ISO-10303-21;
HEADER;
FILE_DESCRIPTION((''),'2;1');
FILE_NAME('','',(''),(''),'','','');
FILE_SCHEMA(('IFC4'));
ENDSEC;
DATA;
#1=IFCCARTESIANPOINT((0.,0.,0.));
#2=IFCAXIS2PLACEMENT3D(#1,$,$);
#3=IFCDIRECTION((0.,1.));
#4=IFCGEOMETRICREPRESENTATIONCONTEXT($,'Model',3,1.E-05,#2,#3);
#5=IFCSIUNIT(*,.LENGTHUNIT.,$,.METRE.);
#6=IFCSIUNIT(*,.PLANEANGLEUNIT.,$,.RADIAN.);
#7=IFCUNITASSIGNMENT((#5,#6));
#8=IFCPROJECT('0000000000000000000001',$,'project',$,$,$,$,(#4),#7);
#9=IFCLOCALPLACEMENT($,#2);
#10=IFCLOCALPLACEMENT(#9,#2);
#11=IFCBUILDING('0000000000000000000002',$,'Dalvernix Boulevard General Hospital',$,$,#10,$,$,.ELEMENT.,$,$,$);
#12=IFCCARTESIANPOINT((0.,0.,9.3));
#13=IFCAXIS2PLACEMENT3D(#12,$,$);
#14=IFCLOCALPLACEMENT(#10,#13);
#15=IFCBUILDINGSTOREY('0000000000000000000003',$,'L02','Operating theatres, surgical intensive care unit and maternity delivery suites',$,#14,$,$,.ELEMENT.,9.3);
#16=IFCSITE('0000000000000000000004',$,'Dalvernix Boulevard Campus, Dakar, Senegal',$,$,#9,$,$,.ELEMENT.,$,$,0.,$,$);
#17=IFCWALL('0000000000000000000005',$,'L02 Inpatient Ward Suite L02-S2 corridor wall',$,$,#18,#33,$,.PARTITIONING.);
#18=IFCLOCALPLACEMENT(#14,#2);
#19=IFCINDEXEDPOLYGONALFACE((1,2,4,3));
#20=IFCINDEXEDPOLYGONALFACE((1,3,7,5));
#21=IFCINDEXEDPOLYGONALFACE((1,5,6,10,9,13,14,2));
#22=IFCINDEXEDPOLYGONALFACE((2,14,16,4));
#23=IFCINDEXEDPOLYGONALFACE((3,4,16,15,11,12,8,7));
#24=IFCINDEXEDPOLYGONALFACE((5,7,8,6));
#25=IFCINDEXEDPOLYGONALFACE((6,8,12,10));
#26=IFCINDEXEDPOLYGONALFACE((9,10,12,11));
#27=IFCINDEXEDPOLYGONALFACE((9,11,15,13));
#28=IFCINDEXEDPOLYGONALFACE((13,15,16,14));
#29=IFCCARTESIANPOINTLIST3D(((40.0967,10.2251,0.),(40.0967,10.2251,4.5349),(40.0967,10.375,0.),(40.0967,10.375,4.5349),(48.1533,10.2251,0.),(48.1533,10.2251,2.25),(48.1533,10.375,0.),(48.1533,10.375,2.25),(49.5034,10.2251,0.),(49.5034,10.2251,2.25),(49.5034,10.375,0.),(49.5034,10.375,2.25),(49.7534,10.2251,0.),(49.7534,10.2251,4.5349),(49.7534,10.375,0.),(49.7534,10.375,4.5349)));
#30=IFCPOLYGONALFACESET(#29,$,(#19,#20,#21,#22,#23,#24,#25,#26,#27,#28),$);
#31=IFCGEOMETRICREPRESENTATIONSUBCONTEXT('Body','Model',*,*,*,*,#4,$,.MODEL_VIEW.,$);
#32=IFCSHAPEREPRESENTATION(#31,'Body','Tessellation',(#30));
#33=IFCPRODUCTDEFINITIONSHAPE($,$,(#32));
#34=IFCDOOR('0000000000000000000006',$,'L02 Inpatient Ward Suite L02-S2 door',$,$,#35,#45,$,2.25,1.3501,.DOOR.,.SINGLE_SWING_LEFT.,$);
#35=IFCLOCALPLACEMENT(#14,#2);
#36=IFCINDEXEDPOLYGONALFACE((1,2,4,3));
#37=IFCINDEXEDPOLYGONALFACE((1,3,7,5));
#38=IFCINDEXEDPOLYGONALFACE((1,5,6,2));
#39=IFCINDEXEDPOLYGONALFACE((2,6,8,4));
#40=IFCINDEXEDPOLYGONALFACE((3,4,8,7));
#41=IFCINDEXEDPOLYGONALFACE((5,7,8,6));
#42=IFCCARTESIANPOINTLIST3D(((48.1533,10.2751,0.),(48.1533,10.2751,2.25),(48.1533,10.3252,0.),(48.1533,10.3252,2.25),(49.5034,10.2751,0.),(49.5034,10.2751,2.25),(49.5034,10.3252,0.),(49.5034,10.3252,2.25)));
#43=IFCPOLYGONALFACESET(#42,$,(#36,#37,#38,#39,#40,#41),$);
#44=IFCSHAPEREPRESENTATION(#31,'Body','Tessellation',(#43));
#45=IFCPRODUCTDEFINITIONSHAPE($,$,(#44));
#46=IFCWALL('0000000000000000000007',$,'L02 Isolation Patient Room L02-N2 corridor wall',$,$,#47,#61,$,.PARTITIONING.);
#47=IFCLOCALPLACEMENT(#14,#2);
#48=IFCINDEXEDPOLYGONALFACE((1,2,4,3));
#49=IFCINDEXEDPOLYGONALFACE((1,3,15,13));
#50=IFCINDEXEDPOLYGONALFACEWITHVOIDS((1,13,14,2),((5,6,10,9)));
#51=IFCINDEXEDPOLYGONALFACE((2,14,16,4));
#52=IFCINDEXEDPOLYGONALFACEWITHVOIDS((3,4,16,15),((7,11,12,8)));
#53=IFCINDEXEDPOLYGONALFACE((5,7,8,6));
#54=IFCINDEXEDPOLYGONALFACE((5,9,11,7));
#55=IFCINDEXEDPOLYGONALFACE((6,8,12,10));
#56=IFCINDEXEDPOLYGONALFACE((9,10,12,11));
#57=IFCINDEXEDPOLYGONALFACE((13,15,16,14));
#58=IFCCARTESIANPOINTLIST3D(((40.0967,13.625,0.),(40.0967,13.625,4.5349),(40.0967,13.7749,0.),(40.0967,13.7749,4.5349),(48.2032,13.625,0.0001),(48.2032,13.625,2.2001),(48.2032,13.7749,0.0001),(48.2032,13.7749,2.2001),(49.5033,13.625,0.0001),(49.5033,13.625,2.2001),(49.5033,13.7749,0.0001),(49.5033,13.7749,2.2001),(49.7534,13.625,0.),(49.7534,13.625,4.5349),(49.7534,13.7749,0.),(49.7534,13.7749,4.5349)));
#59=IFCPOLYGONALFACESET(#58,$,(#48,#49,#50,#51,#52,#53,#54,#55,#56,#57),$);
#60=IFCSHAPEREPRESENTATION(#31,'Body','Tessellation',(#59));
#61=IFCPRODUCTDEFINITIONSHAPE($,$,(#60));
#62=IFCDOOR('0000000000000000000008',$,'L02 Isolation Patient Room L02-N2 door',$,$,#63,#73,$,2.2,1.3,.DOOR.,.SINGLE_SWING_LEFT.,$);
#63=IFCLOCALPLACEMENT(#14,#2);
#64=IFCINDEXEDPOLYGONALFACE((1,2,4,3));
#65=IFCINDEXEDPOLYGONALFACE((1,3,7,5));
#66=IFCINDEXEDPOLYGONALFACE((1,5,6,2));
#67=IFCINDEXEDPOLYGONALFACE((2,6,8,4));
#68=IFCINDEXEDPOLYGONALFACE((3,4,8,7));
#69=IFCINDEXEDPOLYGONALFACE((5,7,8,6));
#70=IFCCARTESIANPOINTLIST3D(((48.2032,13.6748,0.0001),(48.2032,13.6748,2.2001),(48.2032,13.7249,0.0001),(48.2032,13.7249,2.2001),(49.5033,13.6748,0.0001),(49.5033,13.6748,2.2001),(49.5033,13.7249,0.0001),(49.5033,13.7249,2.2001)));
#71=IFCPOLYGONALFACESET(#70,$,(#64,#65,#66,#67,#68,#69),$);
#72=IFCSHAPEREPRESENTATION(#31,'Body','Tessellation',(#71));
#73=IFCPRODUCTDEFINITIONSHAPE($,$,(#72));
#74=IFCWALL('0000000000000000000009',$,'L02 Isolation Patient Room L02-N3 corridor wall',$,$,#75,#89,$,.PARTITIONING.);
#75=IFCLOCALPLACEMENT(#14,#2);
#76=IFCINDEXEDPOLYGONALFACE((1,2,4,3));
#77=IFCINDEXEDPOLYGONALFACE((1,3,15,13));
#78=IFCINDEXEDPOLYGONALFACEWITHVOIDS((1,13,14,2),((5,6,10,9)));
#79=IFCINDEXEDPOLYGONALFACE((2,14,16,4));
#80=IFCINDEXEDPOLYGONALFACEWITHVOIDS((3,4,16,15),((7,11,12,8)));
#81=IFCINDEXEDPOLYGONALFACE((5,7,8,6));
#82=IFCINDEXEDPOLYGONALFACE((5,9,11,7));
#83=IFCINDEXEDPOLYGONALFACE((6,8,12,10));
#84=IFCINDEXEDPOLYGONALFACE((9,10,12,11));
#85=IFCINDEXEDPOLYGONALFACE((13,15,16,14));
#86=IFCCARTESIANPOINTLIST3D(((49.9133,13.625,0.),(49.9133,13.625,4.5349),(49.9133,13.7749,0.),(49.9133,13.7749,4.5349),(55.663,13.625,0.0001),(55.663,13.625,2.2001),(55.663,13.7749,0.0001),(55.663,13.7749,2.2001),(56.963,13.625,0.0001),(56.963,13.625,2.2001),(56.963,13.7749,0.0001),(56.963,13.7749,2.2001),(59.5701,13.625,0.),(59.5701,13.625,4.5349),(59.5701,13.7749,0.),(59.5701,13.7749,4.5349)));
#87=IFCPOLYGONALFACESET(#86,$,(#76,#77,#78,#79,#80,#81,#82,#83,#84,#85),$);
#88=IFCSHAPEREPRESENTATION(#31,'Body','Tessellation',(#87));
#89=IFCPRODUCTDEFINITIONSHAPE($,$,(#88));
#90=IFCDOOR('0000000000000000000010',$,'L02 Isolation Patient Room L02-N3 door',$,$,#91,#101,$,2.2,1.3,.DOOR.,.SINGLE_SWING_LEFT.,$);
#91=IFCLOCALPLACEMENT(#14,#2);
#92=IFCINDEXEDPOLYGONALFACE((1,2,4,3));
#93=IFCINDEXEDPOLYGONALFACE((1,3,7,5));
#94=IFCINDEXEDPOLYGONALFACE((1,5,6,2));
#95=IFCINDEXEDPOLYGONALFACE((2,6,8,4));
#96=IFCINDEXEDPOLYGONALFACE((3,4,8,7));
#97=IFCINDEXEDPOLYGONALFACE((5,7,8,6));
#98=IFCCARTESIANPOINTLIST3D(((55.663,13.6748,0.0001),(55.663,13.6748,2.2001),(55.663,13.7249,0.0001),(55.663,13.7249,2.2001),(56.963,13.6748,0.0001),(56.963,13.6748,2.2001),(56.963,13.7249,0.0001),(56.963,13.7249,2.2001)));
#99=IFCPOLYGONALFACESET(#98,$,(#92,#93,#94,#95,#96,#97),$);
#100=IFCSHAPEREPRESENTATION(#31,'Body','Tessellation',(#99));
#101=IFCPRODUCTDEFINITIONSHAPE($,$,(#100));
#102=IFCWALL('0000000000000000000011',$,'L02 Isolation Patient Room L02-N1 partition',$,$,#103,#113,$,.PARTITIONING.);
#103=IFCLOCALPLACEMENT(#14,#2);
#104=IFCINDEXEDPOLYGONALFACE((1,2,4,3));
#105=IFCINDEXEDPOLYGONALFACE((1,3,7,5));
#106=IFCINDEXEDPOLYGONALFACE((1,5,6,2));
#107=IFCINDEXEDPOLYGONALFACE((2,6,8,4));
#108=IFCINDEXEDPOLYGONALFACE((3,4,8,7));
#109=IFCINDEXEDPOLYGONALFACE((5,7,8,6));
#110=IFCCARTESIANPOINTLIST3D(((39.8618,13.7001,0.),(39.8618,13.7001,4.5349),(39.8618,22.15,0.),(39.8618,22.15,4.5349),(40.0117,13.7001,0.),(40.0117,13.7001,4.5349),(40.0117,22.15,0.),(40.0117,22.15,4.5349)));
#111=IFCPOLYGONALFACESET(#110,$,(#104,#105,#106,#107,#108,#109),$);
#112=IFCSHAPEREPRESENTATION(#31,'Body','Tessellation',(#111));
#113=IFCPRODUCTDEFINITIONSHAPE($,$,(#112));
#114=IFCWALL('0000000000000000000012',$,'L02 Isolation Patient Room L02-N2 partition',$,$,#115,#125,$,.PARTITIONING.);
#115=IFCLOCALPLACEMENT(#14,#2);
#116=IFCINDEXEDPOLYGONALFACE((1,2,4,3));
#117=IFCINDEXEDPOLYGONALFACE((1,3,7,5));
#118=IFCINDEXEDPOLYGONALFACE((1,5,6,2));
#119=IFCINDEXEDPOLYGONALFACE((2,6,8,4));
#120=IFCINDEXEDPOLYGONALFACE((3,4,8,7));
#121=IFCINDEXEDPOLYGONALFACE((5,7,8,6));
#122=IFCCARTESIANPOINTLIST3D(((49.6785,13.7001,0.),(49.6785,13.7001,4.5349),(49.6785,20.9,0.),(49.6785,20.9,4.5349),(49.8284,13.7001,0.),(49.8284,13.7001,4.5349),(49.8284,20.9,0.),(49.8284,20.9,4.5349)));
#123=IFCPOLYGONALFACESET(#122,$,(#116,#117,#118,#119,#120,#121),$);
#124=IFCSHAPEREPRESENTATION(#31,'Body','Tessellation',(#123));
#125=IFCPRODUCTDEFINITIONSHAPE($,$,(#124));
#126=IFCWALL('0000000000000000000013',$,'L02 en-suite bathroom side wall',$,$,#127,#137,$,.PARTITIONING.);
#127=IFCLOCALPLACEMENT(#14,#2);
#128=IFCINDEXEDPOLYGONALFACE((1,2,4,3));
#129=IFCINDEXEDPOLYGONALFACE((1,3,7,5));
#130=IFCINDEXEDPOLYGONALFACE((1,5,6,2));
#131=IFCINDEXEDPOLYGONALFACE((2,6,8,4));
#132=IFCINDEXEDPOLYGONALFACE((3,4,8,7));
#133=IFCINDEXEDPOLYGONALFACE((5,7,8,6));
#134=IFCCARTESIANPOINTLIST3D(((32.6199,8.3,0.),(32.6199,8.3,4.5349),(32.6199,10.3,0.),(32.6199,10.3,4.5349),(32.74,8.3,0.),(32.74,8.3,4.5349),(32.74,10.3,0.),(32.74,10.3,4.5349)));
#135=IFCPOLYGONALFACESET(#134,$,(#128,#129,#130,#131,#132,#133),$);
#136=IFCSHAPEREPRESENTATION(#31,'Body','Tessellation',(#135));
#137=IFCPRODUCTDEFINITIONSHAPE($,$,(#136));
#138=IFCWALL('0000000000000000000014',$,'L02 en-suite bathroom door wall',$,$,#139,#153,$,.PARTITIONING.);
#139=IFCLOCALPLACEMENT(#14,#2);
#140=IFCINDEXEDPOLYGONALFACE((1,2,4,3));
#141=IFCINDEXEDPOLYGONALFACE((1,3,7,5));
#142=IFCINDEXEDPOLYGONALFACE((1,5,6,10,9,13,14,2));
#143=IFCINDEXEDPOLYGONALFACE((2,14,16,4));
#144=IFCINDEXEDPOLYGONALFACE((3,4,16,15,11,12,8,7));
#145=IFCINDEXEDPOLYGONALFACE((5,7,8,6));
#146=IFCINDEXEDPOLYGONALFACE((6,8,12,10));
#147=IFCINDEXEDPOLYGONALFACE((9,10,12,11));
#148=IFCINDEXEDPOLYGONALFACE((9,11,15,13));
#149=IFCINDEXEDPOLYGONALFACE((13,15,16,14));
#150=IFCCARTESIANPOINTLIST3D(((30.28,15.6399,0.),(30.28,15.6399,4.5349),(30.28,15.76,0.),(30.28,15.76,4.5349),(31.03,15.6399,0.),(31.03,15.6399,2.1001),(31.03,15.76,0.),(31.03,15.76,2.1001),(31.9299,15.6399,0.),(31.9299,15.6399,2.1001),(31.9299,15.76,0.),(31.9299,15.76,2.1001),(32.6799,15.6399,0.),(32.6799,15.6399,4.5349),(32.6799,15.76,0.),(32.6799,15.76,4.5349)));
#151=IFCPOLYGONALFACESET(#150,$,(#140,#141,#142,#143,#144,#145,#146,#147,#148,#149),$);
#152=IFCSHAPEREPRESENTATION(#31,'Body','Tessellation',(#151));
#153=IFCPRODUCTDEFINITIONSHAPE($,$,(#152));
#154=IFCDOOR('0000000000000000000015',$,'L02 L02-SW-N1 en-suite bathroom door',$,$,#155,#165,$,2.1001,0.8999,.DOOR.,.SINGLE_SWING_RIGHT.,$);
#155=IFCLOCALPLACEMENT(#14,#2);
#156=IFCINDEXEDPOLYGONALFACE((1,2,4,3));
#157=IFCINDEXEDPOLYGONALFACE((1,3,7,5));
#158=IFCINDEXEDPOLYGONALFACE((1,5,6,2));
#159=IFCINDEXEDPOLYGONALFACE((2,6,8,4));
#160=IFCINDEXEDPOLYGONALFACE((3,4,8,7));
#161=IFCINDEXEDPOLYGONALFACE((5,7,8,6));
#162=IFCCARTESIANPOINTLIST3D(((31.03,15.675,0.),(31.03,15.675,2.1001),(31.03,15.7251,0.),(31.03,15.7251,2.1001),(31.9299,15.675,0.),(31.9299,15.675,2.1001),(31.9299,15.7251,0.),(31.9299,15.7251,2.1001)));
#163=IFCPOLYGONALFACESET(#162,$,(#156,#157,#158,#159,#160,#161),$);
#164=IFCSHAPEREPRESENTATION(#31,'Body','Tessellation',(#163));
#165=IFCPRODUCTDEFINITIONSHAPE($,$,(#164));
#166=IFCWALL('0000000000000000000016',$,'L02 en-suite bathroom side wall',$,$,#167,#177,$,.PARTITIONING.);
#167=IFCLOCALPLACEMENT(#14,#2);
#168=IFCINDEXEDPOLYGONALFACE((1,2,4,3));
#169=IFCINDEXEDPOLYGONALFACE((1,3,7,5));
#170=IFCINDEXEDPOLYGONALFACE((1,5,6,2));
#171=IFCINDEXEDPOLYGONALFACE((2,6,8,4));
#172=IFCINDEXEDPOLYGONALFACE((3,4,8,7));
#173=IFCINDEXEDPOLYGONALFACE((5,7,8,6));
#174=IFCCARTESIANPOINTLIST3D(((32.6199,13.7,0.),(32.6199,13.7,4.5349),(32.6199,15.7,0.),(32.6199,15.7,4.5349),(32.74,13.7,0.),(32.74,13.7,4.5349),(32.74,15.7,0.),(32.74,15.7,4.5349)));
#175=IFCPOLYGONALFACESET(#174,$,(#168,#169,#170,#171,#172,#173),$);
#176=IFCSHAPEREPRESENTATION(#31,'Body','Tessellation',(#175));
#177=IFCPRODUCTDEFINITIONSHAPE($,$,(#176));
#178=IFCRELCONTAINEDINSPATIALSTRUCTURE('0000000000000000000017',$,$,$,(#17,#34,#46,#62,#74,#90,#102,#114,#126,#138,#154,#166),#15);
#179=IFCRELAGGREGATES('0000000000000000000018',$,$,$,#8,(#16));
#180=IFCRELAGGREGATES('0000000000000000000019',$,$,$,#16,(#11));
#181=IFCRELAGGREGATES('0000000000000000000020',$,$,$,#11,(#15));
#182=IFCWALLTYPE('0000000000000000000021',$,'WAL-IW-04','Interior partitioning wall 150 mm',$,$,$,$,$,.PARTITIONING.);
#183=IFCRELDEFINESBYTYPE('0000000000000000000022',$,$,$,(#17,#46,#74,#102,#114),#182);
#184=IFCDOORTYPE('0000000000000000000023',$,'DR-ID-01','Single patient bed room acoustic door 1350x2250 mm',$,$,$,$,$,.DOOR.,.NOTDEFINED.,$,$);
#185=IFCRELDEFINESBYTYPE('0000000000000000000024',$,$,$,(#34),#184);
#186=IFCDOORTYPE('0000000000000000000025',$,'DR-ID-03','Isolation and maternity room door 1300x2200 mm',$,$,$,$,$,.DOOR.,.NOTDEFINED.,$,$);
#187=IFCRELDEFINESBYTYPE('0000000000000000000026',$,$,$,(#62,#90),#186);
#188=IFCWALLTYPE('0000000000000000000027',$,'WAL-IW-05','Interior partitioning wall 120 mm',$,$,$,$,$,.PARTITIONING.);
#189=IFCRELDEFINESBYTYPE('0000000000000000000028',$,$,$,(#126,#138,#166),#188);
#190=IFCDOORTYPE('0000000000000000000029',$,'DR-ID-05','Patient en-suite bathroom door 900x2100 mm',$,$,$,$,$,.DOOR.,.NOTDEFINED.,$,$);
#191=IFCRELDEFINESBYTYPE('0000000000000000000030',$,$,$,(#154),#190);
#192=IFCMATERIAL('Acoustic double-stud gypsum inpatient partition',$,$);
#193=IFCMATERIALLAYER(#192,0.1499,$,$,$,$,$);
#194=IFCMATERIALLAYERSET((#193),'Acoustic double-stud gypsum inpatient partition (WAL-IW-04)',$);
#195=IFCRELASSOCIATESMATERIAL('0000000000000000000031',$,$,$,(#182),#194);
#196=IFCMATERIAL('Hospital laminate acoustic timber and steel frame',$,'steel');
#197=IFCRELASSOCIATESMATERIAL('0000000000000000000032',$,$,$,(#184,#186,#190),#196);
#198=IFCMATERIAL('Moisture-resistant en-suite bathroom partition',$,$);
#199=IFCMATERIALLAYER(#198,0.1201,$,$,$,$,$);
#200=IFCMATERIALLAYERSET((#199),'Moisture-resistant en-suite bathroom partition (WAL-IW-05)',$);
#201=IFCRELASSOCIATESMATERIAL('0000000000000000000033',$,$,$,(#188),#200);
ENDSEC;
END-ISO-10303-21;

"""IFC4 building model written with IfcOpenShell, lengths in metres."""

from ifc_helpers import new_model, si_unit, direction, frame, frame_2d, origin, place, context, subcontext, project, spatial, rectangle, extrude, material, layer, layer_set, type_object, element, fill, save


model = new_model("IFC4")

# Units and contexts
model_context = context("Model", 3, precision=1e-05, world=origin(), true_north=direction((0.0, 1.0)))
body_context = subcontext(model_context, "Body", "Model", "MODEL_VIEW")
ifc_project = project(units=[si_unit("LENGTHUNIT", "METRE"), si_unit("PLANEANGLEUNIT", "RADIAN")], contexts=[model_context])

# Site, building, storey
site_placement = place(None, origin())
site = spatial("IfcSite", under=ifc_project, at=site_placement, Name="Dalvernix Boulevard Campus, Dakar, Senegal", CompositionType="ELEMENT", RefElevation=0.0)
building_placement = place(site_placement, origin())
building = spatial("IfcBuilding", under=site, at=building_placement, Name="Dalvernix Boulevard General Hospital", CompositionType="ELEMENT")
storey_placement = place(building_placement, frame((0.0, 0.0, 9.3)))
storey = spatial("IfcBuildingStorey", under=building, at=storey_placement, Name="L02", Description="Operating theatres, surgical intensive care unit and maternity delivery suites", CompositionType="ELEMENT", Elevation=9.3)

# Walls, openings, doors
ifc_material_1 = material(Name="Acoustic double-stud gypsum inpatient partition")
ifc_layer_1 = layer(ifc_material_1, 0.1499)
ifc_layer_set_1 = layer_set([ifc_layer_1], Name="Acoustic double-stud gypsum inpatient partition (WAL-IW-04)")
wall_type_1 = type_object("IfcWallType", Name="WAL-IW-04", Description="Interior partitioning wall 150 mm", PredefinedType="PARTITIONING", material=ifc_layer_set_1)
ifc_material_2 = material(Name="Hospital laminate acoustic timber and steel frame", Category="steel")
door_type_1 = type_object("IfcDoorType", Name="DR-ID-01", Description="Single patient bed room acoustic door 1350x2250 mm", OperationType="NOTDEFINED", PredefinedType="DOOR", material=ifc_material_2)
wall_1_placement = place(storey_placement, frame((49.7534, 10.3, 0.0), z_axis=(0.0, 0.0, 1.0), x_axis=(-1.0, 0.0, 0.0)))
wall_1 = element("IfcWall", 1, at=wall_1_placement, inside=storey, type_object=wall_type_1, Name="L02 Inpatient Ward Suite L02-S2 corridor wall", PredefinedType="PARTITIONING", context=body_context, shape_type="SweptSolid", body=[
    extrude(rectangle(XDim=9.6567, YDim=0.1499, at=frame_2d((4.8284, 0.0))), origin(), (0.0, 0.0, 1.0), 4.5349),
])
opening_1_placement = place(wall_1_placement, frame((0.25, 0.0, 0.0)))
opening_1 = element("IfcOpeningElement", 2, at=opening_1_placement, cuts=wall_1, PredefinedType="OPENING", context=body_context, shape_type="SweptSolid", body=[
    extrude(rectangle(XDim=1.3501, YDim=2.25, at=frame_2d((0.675, 1.125))), frame((0.0, 0.085, 0.0), z_axis=(0.0, -1.0, 0.0), x_axis=(1.0, 0.0, 0.0)), (0.0, 0.0, 1.0), 0.1699),
])
door_1_placement = place(opening_1_placement, origin())
door_1 = element("IfcDoor", 3, at=door_1_placement, inside=storey, type_object=door_type_1, Name="L02 Inpatient Ward Suite L02-S2 door", OperationType="SINGLE_SWING_LEFT", OverallHeight=2.25, OverallWidth=1.3501, PredefinedType="DOOR", context=body_context, shape_type="SweptSolid", body=[
    extrude(rectangle(XDim=1.3501, YDim=2.25, at=frame_2d((0.675, 1.125))), frame((0.0, 0.0249, 0.0), z_axis=(0.0, -1.0, 0.0), x_axis=(1.0, 0.0, 0.0)), (0.0, 0.0, 1.0), 0.05),
])
fill(opening_1, door_1)
wall_2_placement = place(storey_placement, frame((40.0967, 13.7, 0.0), z_axis=(0.0, 0.0, 1.0), x_axis=(1.0, 0.0, 0.0)))
wall_2 = element("IfcWall", 4, at=wall_2_placement, inside=storey, type_object=wall_type_1, Name="L02 Isolation Patient Room L02-N2 corridor wall", PredefinedType="PARTITIONING", context=body_context, shape_type="SweptSolid", body=[
    extrude(rectangle(XDim=9.6567, YDim=0.1499, at=frame_2d((4.8284, 0.0))), origin(), (0.0, 0.0, 1.0), 4.5349),
])
opening_2_placement = place(wall_2_placement, frame((8.1067, 0.0, 0.0)))
opening_2 = element("IfcOpeningElement", 5, at=opening_2_placement, cuts=wall_2, PredefinedType="OPENING", context=body_context, shape_type="SweptSolid", body=[
    extrude(rectangle(XDim=1.3, YDim=2.2, at=frame_2d((0.6499, 1.1001))), frame((0.0, 0.085, 0.0), z_axis=(0.0, -1.0, 0.0), x_axis=(1.0, 0.0, 0.0)), (0.0, 0.0, 1.0), 0.1699),
])
door_type_2 = type_object("IfcDoorType", Name="DR-ID-03", Description="Isolation and maternity room door 1300x2200 mm", OperationType="NOTDEFINED", PredefinedType="DOOR", material=ifc_material_2)
door_2_placement = place(opening_2_placement, origin())
door_2 = element("IfcDoor", 6, at=door_2_placement, inside=storey, type_object=door_type_2, Name="L02 Isolation Patient Room L02-N2 door", OperationType="SINGLE_SWING_LEFT", OverallHeight=2.2, OverallWidth=1.3, PredefinedType="DOOR", context=body_context, shape_type="SweptSolid", body=[
    extrude(rectangle(XDim=1.3, YDim=2.2, at=frame_2d((0.6499, 1.1001))), frame((0.0, 0.0249, 0.0), z_axis=(0.0, -1.0, 0.0), x_axis=(1.0, 0.0, 0.0)), (0.0, 0.0, 1.0), 0.05),
])
fill(opening_2, door_2)
wall_3_placement = place(storey_placement, frame((49.9133, 13.7, 0.0), z_axis=(0.0, 0.0, 1.0), x_axis=(1.0, 0.0, 0.0)))
wall_3 = element("IfcWall", 7, at=wall_3_placement, inside=storey, type_object=wall_type_1, Name="L02 Isolation Patient Room L02-N3 corridor wall", PredefinedType="PARTITIONING", context=body_context, shape_type="SweptSolid", body=[
    extrude(rectangle(XDim=9.6567, YDim=0.1499, at=frame_2d((4.8284, 0.0))), origin(), (0.0, 0.0, 1.0), 4.5349),
])
opening_3_placement = place(wall_3_placement, frame((5.7498, 0.0, 0.0)))
opening_3 = element("IfcOpeningElement", 8, at=opening_3_placement, cuts=wall_3, PredefinedType="OPENING", context=body_context, shape_type="SweptSolid", body=[
    extrude(rectangle(XDim=1.3, YDim=2.2, at=frame_2d((0.6499, 1.1001))), frame((0.0, 0.085, 0.0), z_axis=(0.0, -1.0, 0.0), x_axis=(1.0, 0.0, 0.0)), (0.0, 0.0, 1.0), 0.1699),
])
door_3_placement = place(opening_3_placement, origin())
door_3 = element("IfcDoor", 9, at=door_3_placement, inside=storey, type_object=door_type_2, Name="L02 Isolation Patient Room L02-N3 door", OperationType="SINGLE_SWING_LEFT", OverallHeight=2.2, OverallWidth=1.3, PredefinedType="DOOR", context=body_context, shape_type="SweptSolid", body=[
    extrude(rectangle(XDim=1.3, YDim=2.2, at=frame_2d((0.6499, 1.1001))), frame((0.0, 0.0249, 0.0), z_axis=(0.0, -1.0, 0.0), x_axis=(1.0, 0.0, 0.0)), (0.0, 0.0, 1.0), 0.05),
])
fill(opening_3, door_3)

# Walls
wall_4_placement = place(storey_placement, frame((39.9368, 13.7, 0.0), z_axis=(0.0, 0.0, 1.0), x_axis=(0.0, 1.0, 0.0)))
element("IfcWall", 10, at=wall_4_placement, inside=storey, type_object=wall_type_1, Name="L02 Isolation Patient Room L02-N1 partition", PredefinedType="PARTITIONING", context=body_context, shape_type="SweptSolid", body=[
    extrude(rectangle(XDim=8.45, YDim=0.1499, at=frame_2d((4.2251, 0.0))), origin(), (0.0, 0.0, 1.0), 4.5349),
])
wall_5_placement = place(storey_placement, frame((49.7534, 13.7, 0.0), z_axis=(0.0, 0.0, 1.0), x_axis=(0.0, 1.0, 0.0)))
element("IfcWall", 11, at=wall_5_placement, inside=storey, type_object=wall_type_1, Name="L02 Isolation Patient Room L02-N2 partition", PredefinedType="PARTITIONING", context=body_context, shape_type="SweptSolid", body=[
    extrude(rectangle(XDim=7.2, YDim=0.1499, at=frame_2d((3.6001, 0.0))), origin(), (0.0, 0.0, 1.0), 4.5349),
])
ifc_material_3 = material(Name="Moisture-resistant en-suite bathroom partition")
ifc_layer_2 = layer(ifc_material_3, 0.1201)
ifc_layer_set_2 = layer_set([ifc_layer_2], Name="Moisture-resistant en-suite bathroom partition (WAL-IW-05)")
wall_type_2 = type_object("IfcWallType", Name="WAL-IW-05", Description="Interior partitioning wall 120 mm", PredefinedType="PARTITIONING", material=ifc_layer_set_2)
wall_6_placement = place(storey_placement, frame((32.6799, 8.3, 0.0), z_axis=(0.0, 0.0, 1.0), x_axis=(0.0, 1.0, 0.0)))
element("IfcWall", 12, at=wall_6_placement, inside=storey, type_object=wall_type_2, Name="L02 en-suite bathroom side wall", PredefinedType="PARTITIONING", context=body_context, shape_type="SweptSolid", body=[
    extrude(rectangle(XDim=2.0, YDim=0.1201, at=frame_2d((1.0, 0.0))), origin(), (0.0, 0.0, 1.0), 4.5349),
])

# Wall, opening, door
wall_7_placement = place(storey_placement, frame((32.6799, 15.7, 0.0), z_axis=(0.0, 0.0, 1.0), x_axis=(-1.0, 0.0, 0.0)))
wall_7 = element("IfcWall", 13, at=wall_7_placement, inside=storey, type_object=wall_type_2, Name="L02 en-suite bathroom door wall", PredefinedType="PARTITIONING", context=body_context, shape_type="SweptSolid", body=[
    extrude(rectangle(XDim=2.3999, YDim=0.1201, at=frame_2d((1.2, 0.0))), origin(), (0.0, 0.0, 1.0), 4.5349),
])
opening_4_placement = place(wall_7_placement, frame((0.75, 0.0, 0.0)))
opening_4 = element("IfcOpeningElement", 14, at=opening_4_placement, cuts=wall_7, PredefinedType="OPENING", context=body_context, shape_type="SweptSolid", body=[
    extrude(rectangle(XDim=0.8999, YDim=2.1001, at=frame_2d((0.45, 1.05))), frame((0.0, 0.0701, 0.0), z_axis=(0.0, -1.0, 0.0), x_axis=(1.0, 0.0, 0.0)), (0.0, 0.0, 1.0), 0.1401),
])
door_type_3 = type_object("IfcDoorType", Name="DR-ID-05", Description="Patient en-suite bathroom door 900x2100 mm", OperationType="NOTDEFINED", PredefinedType="DOOR", material=ifc_material_2)
door_4_placement = place(opening_4_placement, origin())
door_4 = element("IfcDoor", 15, at=door_4_placement, inside=storey, type_object=door_type_3, Name="L02 L02-SW-N1 en-suite bathroom door", OperationType="SINGLE_SWING_RIGHT", OverallHeight=2.1001, OverallWidth=0.8999, PredefinedType="DOOR", context=body_context, shape_type="SweptSolid", body=[
    extrude(rectangle(XDim=0.8999, YDim=2.1001, at=frame_2d((0.45, 1.05))), frame((0.0, 0.0249, 0.0), z_axis=(0.0, -1.0, 0.0), x_axis=(1.0, 0.0, 0.0)), (0.0, 0.0, 1.0), 0.05),
])
fill(opening_4, door_4)

# Wall
wall_8_placement = place(storey_placement, frame((32.6799, 13.7, 0.0), z_axis=(0.0, 0.0, 1.0), x_axis=(0.0, 1.0, 0.0)))
element("IfcWall", 16, at=wall_8_placement, inside=storey, type_object=wall_type_2, Name="L02 en-suite bathroom side wall", PredefinedType="PARTITIONING", context=body_context, shape_type="SweptSolid", body=[
    extrude(rectangle(XDim=2.0, YDim=0.1201, at=frame_2d((1.0, 0.0))), origin(), (0.0, 0.0, 1.0), 4.5349),
])

save(model, "model.ifc")
